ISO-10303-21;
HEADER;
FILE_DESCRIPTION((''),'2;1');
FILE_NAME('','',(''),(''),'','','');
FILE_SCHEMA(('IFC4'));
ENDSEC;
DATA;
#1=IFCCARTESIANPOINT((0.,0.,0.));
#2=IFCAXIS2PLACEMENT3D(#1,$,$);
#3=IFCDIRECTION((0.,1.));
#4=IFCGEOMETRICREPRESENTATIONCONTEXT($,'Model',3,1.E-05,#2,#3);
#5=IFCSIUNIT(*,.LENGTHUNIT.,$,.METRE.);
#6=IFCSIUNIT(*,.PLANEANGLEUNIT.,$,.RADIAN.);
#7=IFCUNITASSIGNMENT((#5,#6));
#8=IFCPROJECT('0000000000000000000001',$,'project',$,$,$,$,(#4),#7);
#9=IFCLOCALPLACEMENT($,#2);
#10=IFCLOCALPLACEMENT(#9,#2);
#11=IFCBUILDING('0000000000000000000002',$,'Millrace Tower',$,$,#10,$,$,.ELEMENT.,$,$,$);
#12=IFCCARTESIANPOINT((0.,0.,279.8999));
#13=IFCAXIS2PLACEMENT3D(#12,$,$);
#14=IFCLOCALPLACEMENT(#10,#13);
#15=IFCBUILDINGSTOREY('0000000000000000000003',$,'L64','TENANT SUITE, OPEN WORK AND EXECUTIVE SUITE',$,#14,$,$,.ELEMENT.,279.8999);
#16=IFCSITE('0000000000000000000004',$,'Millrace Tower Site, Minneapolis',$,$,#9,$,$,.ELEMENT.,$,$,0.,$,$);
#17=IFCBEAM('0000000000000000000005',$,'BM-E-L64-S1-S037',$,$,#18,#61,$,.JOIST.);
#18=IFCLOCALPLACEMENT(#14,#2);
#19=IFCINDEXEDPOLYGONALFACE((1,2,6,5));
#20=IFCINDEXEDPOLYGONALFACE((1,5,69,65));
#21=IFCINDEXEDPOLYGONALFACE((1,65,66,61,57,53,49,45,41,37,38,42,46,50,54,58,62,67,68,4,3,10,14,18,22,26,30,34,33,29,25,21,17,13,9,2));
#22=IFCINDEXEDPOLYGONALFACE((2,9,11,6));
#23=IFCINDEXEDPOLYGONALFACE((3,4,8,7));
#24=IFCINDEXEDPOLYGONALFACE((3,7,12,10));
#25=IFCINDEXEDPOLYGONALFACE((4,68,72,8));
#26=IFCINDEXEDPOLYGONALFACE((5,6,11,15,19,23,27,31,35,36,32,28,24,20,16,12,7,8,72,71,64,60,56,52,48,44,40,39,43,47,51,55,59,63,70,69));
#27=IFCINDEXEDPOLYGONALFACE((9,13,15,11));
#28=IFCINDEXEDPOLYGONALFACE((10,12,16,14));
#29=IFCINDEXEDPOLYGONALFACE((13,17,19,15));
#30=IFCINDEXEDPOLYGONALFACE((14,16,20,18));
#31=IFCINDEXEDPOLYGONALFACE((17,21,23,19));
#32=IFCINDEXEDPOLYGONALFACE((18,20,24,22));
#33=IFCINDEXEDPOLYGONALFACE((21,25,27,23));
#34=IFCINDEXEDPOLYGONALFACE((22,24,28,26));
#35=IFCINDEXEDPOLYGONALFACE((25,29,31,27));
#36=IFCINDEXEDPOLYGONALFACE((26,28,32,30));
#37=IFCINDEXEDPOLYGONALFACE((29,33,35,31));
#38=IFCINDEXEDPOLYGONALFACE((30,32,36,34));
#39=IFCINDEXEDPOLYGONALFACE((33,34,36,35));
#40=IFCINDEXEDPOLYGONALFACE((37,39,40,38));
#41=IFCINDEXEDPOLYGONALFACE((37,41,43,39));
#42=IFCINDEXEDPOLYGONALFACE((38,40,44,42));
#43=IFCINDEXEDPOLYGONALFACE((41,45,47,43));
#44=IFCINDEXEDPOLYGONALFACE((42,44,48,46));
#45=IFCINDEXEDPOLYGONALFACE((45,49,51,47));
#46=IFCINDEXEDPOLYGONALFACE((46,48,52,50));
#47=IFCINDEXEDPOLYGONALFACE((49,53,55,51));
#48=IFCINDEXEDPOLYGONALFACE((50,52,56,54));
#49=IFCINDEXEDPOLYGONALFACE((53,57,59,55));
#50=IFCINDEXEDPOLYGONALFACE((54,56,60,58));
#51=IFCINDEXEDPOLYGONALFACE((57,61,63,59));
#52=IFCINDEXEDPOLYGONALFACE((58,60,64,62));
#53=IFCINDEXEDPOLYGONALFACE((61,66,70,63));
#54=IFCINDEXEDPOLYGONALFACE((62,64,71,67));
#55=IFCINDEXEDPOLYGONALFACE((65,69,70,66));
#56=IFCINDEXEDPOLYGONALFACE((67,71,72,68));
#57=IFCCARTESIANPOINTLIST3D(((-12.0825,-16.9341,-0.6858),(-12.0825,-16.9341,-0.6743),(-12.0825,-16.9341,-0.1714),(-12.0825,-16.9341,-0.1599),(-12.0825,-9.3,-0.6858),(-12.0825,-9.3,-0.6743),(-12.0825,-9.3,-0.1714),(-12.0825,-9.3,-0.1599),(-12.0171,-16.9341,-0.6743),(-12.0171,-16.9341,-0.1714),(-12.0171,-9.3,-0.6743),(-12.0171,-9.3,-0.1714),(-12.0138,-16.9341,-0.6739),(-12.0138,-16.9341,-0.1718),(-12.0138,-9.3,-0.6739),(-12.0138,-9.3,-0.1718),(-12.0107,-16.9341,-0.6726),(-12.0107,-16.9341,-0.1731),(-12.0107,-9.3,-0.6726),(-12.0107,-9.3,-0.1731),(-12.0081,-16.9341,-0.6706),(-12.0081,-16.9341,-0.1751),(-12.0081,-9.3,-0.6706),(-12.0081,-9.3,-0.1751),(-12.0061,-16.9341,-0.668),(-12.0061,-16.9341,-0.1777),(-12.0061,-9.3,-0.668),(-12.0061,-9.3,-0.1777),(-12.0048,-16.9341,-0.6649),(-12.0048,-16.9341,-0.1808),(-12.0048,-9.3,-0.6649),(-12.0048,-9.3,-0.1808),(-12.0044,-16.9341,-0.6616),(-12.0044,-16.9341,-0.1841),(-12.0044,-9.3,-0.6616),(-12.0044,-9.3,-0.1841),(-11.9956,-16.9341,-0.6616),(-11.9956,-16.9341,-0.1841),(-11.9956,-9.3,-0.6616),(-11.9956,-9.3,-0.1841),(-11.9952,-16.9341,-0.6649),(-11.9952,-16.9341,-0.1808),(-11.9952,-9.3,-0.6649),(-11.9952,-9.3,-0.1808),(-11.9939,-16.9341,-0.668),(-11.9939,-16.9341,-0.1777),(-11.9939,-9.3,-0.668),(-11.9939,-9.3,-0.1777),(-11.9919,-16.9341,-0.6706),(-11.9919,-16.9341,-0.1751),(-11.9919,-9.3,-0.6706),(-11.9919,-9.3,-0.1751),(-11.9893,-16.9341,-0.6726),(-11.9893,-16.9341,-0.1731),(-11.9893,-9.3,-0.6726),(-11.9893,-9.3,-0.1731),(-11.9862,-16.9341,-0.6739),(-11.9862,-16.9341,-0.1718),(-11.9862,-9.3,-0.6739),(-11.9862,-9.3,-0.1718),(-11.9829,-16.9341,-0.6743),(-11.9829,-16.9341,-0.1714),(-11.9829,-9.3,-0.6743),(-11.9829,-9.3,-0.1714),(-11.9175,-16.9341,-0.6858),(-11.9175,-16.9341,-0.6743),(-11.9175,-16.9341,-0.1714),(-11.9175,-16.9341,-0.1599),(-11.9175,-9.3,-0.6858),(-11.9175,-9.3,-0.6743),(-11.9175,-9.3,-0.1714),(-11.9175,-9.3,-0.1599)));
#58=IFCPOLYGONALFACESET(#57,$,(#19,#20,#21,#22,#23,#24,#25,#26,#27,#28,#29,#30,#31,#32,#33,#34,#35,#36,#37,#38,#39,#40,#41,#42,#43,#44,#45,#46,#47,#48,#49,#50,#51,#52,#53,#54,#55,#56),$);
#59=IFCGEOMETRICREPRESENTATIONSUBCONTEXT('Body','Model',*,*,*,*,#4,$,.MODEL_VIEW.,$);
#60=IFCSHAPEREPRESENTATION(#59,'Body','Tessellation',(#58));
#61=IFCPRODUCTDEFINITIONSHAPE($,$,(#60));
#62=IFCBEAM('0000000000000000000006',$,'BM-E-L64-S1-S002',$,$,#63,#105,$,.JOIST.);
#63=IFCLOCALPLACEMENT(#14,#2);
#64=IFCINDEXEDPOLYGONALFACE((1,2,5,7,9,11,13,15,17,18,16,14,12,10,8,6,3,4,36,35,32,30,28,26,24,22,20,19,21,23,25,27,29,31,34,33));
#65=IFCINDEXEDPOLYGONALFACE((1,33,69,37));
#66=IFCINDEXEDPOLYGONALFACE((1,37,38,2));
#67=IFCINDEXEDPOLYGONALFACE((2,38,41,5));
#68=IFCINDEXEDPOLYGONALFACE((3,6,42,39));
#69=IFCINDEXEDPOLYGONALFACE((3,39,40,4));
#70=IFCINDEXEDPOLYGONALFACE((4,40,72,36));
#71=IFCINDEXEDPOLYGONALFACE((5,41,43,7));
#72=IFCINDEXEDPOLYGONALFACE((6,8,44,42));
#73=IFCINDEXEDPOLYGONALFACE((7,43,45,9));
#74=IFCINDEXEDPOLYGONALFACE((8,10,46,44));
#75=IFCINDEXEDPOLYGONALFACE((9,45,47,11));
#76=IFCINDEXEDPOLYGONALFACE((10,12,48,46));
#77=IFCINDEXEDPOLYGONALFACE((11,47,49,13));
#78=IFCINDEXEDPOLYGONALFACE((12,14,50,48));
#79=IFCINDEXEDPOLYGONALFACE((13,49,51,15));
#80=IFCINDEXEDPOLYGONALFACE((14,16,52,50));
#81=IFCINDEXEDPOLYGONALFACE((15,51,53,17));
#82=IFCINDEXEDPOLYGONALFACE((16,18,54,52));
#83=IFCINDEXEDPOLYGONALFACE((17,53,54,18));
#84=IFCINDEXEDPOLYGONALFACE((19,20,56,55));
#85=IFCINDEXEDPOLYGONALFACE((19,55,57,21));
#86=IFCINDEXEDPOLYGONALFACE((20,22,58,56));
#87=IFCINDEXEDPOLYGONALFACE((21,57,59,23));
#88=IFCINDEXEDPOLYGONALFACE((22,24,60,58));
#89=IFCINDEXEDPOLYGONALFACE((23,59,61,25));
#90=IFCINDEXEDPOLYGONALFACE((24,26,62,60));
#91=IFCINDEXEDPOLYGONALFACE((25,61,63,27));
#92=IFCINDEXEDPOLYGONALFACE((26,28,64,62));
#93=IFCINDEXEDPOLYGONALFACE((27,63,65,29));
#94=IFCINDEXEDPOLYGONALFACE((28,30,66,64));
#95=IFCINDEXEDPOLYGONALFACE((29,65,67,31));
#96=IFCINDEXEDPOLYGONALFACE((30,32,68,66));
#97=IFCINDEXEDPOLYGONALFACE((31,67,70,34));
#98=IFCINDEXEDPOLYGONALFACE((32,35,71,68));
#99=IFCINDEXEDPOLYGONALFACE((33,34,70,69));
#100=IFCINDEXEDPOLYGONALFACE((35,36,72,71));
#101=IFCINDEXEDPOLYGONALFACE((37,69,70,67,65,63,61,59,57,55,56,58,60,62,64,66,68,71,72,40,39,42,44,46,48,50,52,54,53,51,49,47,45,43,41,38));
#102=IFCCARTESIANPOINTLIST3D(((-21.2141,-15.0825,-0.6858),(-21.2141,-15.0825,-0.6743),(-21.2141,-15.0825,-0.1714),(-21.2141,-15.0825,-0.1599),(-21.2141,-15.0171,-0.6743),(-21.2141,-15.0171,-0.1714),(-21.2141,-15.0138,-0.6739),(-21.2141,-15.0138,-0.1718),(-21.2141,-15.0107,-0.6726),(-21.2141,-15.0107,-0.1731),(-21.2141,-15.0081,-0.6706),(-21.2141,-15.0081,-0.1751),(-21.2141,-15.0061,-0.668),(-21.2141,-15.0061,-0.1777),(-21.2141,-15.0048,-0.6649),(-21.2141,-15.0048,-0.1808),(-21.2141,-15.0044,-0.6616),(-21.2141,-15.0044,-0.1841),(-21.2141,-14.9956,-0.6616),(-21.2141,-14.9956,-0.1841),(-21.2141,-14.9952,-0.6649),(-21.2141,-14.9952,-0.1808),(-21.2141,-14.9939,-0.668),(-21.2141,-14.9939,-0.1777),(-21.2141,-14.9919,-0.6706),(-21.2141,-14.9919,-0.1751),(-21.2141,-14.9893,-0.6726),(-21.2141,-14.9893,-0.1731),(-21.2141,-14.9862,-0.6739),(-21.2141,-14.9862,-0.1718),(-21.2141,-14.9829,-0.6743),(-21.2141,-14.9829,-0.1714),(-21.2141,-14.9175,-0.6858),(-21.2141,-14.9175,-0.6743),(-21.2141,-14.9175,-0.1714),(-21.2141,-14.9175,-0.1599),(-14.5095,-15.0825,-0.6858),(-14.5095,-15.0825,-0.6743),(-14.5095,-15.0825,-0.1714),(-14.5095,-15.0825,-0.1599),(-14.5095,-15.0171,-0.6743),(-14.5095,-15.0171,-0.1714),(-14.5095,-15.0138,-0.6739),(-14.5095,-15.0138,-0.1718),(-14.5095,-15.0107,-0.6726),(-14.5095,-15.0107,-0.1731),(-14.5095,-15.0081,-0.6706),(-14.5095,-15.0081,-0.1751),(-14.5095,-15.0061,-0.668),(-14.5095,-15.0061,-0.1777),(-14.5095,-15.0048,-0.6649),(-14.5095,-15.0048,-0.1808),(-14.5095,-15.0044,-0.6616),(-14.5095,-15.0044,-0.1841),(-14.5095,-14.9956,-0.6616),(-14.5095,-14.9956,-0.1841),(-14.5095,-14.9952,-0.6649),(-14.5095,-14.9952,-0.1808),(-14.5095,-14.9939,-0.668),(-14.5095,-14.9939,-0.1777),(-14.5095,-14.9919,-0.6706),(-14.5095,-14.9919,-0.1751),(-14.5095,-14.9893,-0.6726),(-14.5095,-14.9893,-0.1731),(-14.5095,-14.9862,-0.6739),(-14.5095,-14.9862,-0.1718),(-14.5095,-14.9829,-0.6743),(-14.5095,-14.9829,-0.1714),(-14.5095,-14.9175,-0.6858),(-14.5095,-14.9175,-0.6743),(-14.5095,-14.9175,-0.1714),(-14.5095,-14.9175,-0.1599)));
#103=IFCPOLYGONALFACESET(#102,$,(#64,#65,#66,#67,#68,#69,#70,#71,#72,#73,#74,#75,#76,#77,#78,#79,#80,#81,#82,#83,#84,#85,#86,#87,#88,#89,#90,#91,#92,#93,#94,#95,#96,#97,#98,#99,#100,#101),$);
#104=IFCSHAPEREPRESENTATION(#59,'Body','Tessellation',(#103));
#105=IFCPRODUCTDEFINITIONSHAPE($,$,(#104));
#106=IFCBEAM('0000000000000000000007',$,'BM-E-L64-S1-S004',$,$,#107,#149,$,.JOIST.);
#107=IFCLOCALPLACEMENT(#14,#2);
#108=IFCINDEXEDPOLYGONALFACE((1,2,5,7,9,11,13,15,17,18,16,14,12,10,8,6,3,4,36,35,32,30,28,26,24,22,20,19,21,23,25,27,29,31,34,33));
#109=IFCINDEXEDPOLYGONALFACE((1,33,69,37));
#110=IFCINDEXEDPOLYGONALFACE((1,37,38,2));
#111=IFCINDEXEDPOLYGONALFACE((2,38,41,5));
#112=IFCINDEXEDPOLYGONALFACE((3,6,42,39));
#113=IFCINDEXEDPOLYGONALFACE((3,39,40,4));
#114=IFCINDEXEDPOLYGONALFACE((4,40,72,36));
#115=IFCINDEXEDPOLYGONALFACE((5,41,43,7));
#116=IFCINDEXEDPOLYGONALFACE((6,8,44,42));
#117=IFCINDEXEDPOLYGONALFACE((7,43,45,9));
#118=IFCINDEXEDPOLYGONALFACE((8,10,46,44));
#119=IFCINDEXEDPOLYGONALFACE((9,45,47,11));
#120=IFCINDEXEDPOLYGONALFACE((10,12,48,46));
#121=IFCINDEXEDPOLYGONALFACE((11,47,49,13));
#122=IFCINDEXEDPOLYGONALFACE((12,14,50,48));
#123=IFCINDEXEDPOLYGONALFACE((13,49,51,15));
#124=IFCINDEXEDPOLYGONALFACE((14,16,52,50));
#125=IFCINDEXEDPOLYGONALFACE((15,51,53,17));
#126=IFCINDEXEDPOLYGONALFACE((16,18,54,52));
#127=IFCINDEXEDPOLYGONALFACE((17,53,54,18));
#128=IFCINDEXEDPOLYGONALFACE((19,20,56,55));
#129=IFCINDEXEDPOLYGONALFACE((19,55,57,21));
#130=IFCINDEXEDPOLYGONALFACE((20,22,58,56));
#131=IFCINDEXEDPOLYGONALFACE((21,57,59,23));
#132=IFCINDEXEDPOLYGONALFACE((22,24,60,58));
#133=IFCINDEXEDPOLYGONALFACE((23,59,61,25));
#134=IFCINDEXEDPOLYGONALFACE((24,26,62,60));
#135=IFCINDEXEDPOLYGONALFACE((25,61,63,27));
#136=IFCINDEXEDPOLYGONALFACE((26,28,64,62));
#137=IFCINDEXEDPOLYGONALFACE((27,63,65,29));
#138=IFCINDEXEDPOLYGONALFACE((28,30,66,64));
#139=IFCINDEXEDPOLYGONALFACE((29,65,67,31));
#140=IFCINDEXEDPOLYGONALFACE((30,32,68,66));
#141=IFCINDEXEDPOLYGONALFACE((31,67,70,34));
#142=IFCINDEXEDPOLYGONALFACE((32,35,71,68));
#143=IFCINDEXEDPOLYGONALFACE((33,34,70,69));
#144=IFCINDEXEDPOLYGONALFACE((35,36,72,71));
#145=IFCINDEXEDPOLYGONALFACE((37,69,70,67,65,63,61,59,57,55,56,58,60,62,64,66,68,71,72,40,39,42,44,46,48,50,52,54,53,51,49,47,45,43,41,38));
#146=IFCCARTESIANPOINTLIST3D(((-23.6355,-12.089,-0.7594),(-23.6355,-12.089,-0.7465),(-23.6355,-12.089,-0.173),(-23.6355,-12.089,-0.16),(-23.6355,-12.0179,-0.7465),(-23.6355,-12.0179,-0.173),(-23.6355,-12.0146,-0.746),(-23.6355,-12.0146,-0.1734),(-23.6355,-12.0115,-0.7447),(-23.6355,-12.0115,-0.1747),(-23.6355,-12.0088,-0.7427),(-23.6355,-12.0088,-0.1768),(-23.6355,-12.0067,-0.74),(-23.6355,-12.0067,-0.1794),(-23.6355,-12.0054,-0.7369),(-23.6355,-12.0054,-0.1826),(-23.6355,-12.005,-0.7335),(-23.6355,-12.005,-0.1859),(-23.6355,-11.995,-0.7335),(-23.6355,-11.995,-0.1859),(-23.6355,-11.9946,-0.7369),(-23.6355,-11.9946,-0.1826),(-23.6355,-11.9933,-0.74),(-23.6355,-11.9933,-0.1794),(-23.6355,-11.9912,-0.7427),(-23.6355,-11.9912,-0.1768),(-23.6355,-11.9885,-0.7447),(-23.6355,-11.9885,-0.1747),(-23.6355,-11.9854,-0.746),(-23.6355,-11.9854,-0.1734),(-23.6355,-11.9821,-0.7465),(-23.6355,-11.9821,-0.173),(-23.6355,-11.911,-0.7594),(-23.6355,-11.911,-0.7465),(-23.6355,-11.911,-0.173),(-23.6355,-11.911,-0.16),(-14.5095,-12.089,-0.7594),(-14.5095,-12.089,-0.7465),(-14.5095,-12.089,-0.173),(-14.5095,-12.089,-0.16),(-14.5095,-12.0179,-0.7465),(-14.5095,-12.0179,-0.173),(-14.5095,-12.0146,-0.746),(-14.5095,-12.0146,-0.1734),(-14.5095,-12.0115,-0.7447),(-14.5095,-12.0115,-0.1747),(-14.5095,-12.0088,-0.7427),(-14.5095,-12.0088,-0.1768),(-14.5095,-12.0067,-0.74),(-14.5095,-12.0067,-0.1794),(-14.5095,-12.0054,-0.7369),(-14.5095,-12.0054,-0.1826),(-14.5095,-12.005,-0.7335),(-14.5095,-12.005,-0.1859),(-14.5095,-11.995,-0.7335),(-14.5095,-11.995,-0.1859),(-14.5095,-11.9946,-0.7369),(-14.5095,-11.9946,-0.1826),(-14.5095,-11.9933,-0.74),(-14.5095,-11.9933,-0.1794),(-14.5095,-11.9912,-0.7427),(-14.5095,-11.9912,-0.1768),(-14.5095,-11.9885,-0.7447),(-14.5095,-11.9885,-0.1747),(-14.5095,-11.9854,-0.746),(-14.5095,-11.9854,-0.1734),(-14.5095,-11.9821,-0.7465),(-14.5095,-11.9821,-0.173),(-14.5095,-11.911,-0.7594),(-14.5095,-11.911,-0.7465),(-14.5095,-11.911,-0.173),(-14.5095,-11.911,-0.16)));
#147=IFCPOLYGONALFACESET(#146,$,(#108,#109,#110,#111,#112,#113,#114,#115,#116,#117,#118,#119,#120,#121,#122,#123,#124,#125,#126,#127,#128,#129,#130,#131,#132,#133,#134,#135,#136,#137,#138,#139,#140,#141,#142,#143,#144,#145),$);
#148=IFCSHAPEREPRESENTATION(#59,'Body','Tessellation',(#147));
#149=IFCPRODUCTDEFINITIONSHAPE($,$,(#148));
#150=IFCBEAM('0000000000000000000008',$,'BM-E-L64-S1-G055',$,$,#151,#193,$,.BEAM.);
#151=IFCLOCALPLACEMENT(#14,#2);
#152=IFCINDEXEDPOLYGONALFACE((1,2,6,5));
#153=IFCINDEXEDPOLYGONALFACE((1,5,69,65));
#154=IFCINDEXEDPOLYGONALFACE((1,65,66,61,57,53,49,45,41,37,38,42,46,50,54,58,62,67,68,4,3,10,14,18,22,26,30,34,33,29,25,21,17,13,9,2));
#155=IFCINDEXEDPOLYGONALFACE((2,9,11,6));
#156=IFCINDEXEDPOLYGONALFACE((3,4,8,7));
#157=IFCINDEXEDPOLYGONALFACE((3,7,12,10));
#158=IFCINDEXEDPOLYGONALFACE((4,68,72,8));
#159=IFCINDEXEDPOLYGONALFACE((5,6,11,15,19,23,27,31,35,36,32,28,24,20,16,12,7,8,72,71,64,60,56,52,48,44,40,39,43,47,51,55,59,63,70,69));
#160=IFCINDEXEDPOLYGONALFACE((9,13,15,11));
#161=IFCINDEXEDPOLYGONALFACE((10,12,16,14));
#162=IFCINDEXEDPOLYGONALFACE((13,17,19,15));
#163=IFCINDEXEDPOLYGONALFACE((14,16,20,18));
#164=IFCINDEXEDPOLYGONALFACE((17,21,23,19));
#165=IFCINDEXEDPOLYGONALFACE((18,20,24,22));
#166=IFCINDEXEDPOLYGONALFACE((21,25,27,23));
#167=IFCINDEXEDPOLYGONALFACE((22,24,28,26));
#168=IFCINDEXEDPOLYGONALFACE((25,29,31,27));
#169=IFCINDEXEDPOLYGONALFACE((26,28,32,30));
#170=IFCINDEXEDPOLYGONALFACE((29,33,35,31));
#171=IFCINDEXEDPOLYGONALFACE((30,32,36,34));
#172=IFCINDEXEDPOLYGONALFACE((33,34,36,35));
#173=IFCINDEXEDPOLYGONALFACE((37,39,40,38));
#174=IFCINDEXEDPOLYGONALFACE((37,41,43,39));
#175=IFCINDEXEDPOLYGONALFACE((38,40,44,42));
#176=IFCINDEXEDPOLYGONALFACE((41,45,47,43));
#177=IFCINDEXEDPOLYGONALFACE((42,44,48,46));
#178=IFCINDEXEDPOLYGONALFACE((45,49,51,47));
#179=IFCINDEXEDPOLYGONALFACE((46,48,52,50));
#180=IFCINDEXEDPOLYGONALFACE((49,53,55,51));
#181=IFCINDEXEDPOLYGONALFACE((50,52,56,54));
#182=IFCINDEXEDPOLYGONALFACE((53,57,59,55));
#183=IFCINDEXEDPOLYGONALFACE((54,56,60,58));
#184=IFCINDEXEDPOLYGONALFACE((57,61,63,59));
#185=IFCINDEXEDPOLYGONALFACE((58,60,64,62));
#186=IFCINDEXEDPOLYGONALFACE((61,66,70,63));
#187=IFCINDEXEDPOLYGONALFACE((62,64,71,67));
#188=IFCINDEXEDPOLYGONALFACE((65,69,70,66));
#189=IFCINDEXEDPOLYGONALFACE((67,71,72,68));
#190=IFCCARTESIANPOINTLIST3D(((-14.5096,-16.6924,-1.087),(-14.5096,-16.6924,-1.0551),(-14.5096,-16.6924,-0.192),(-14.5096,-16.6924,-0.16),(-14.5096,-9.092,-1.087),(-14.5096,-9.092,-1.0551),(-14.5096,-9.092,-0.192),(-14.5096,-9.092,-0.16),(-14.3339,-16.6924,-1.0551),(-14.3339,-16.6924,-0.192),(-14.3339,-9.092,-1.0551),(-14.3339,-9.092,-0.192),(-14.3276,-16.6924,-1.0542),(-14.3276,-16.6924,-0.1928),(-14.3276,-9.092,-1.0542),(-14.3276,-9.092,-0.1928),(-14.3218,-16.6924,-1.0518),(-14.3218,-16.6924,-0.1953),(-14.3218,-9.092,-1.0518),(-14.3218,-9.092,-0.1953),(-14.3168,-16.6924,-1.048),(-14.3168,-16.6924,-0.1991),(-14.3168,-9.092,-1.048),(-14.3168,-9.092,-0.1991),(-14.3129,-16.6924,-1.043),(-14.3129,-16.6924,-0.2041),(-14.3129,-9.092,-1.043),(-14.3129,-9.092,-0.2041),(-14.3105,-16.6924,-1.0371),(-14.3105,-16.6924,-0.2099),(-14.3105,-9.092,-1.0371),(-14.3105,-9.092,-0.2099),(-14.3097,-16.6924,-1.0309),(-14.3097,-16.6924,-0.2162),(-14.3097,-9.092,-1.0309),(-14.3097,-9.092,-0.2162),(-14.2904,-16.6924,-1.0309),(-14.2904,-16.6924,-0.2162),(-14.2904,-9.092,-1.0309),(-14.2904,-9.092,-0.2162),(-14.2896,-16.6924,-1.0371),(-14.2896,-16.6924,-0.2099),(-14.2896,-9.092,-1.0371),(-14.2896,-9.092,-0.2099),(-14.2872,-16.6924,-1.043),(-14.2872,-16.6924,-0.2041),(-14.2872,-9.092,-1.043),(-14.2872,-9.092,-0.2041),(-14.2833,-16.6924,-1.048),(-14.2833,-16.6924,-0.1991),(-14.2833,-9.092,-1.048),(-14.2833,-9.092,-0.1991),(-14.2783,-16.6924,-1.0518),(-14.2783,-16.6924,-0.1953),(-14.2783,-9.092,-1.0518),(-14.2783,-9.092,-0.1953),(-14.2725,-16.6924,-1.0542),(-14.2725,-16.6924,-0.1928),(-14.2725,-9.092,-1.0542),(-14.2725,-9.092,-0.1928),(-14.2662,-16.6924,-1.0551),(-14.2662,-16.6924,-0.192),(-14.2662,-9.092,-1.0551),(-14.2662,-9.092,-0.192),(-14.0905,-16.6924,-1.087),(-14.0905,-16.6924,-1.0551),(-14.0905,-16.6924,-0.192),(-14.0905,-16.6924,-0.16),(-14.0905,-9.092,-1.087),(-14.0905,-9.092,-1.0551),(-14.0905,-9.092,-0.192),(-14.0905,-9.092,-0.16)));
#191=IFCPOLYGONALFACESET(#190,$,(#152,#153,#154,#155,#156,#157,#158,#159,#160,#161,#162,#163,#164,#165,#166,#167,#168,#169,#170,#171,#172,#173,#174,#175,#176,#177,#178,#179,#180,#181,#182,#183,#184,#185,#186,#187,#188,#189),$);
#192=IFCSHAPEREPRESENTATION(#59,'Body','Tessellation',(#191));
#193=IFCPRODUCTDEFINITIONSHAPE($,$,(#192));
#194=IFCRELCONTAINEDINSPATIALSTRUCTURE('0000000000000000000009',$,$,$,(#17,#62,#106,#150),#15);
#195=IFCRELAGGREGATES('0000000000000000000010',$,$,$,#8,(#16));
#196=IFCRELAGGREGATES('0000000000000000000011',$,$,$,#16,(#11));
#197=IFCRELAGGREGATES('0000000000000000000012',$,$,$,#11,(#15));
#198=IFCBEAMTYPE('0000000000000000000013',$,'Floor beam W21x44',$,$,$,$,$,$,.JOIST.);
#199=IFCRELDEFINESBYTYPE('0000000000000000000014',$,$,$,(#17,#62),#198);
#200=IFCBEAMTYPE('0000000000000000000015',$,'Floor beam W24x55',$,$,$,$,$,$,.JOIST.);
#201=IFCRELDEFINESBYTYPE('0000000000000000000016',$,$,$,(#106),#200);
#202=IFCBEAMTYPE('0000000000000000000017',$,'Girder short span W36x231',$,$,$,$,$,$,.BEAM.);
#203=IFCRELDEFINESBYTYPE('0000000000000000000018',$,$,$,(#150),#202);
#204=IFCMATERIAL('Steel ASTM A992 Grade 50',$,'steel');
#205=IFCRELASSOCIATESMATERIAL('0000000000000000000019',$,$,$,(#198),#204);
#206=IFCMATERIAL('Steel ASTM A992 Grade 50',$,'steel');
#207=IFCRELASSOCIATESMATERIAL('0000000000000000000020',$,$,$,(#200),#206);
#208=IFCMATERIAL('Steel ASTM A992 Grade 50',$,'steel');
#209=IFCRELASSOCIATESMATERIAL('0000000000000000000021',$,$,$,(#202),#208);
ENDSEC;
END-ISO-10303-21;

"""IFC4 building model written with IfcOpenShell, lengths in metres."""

from ifc_helpers import new_model, si_unit, direction, frame, origin, origin_2d, place, context, subcontext, project, spatial, i_section, extrude, material, material_profile, profile_set, type_object, element, save


model = new_model("IFC4")

# Units and contexts
model_context = context("Model", 3, precision=1e-05, world=origin(), true_north=direction((0.0, 1.0)))
body_context = subcontext(model_context, "Body", "Model", "MODEL_VIEW")
ifc_project = project(units=[si_unit("LENGTHUNIT", "METRE"), si_unit("PLANEANGLEUNIT", "RADIAN")], contexts=[model_context])

# Site, building, storey
site_placement = place(None, origin())
site = spatial("IfcSite", under=ifc_project, at=site_placement, Name="Millrace Tower Site, Minneapolis", CompositionType="ELEMENT", RefElevation=0.0)
building_placement = place(site_placement, origin())
building = spatial("IfcBuilding", under=site, at=building_placement, Name="Millrace Tower", CompositionType="ELEMENT")
storey_placement = place(building_placement, frame((0.0, 0.0, 279.8999)))
storey = spatial("IfcBuildingStorey", under=building, at=storey_placement, Name="L64", Description="TENANT SUITE, OPEN WORK AND EXECUTIVE SUITE", CompositionType="ELEMENT", Elevation=279.8999)

# Beams
ifc_material_1 = material(Name="Steel ASTM A992 Grade 50", Category="steel")
ifc_material_profile_1 = material_profile(ifc_material_1, i_section(OverallWidth=0.165, OverallDepth=0.5259, WebThickness=0.0088, FlangeThickness=0.0115, FilletRadius=0.0127, at=origin_2d()))
ifc_profile_set_1 = profile_set([ifc_material_profile_1], Name="Steel ASTM A992 Grade 50")
beam_type_1 = type_object("IfcBeamType", Name="Floor beam W21x44", PredefinedType="JOIST", material=ifc_profile_set_1)
beam_1_placement = place(storey_placement, frame((-12.0, -16.9341, -0.4229), z_axis=(0.0, 1.0, 0.0), x_axis=(-1.0, 0.0, 0.0)))
element("IfcBeam", 1, at=beam_1_placement, inside=storey, type_object=beam_type_1, Name="BM-E-L64-S1-S037", PredefinedType="JOIST", context=body_context, shape_type="SweptSolid", body=[
    extrude(i_section(OverallWidth=0.165, OverallDepth=0.5259, WebThickness=0.0088, FlangeThickness=0.0115, FilletRadius=0.0127, at=origin_2d()), origin(), (0.0, 0.0, 1.0), 7.634),
])
beam_2_placement = place(storey_placement, frame((-21.2141, -15.0, -0.4229), z_axis=(1.0, 0.0, 0.0), x_axis=(0.0, 1.0, 0.0)))
element("IfcBeam", 2, at=beam_2_placement, inside=storey, type_object=beam_type_1, Name="BM-E-L64-S1-S002", PredefinedType="JOIST", context=body_context, shape_type="SweptSolid", body=[
    extrude(i_section(OverallWidth=0.165, OverallDepth=0.5259, WebThickness=0.0088, FlangeThickness=0.0115, FilletRadius=0.0127, at=origin_2d()), origin(), (0.0, 0.0, 1.0), 6.7046),
])
ifc_material_2 = material(Name="Steel ASTM A992 Grade 50", Category="steel")
ifc_material_profile_2 = material_profile(ifc_material_2, i_section(OverallWidth=0.178, OverallDepth=0.5994, WebThickness=0.01, FlangeThickness=0.0129, FilletRadius=0.0129, at=origin_2d()))
ifc_profile_set_2 = profile_set([ifc_material_profile_2], Name="Steel ASTM A992 Grade 50")
beam_type_2 = type_object("IfcBeamType", Name="Floor beam W24x55", PredefinedType="JOIST", material=ifc_profile_set_2)
beam_3_placement = place(storey_placement, frame((-23.6355, -12.0, -0.4597), z_axis=(1.0, 0.0, 0.0), x_axis=(0.0, 1.0, 0.0)))
element("IfcBeam", 3, at=beam_3_placement, inside=storey, type_object=beam_type_2, Name="BM-E-L64-S1-S004", PredefinedType="JOIST", context=body_context, shape_type="SweptSolid", body=[
    extrude(i_section(OverallWidth=0.178, OverallDepth=0.5994, WebThickness=0.01, FlangeThickness=0.0129, FilletRadius=0.0129, at=origin_2d()), origin(), (0.0, 0.0, 1.0), 9.126),
])
ifc_material_3 = material(Name="Steel ASTM A992 Grade 50", Category="steel")
ifc_material_profile_3 = material_profile(ifc_material_3, i_section(OverallWidth=0.4192, OverallDepth=0.927, WebThickness=0.0193, FlangeThickness=0.032, FilletRadius=0.0242, at=origin_2d()))
ifc_profile_set_3 = profile_set([ifc_material_profile_3], Name="Steel ASTM A992 Grade 50")
beam_type_3 = type_object("IfcBeamType", Name="Girder short span W36x231", PredefinedType="BEAM", material=ifc_profile_set_3)
beam_4_placement = place(storey_placement, frame((-14.3, -16.6924, -0.6235), z_axis=(0.0, 1.0, 0.0), x_axis=(-1.0, 0.0, 0.0)))
element("IfcBeam", 4, at=beam_4_placement, inside=storey, type_object=beam_type_3, Name="BM-E-L64-S1-G055", PredefinedType="BEAM", context=body_context, shape_type="SweptSolid", body=[
    extrude(i_section(OverallWidth=0.4192, OverallDepth=0.927, WebThickness=0.0193, FlangeThickness=0.032, FilletRadius=0.0242, at=origin_2d()), origin(), (0.0, 0.0, 1.0), 7.6003),
])

save(model, "model.ifc")
